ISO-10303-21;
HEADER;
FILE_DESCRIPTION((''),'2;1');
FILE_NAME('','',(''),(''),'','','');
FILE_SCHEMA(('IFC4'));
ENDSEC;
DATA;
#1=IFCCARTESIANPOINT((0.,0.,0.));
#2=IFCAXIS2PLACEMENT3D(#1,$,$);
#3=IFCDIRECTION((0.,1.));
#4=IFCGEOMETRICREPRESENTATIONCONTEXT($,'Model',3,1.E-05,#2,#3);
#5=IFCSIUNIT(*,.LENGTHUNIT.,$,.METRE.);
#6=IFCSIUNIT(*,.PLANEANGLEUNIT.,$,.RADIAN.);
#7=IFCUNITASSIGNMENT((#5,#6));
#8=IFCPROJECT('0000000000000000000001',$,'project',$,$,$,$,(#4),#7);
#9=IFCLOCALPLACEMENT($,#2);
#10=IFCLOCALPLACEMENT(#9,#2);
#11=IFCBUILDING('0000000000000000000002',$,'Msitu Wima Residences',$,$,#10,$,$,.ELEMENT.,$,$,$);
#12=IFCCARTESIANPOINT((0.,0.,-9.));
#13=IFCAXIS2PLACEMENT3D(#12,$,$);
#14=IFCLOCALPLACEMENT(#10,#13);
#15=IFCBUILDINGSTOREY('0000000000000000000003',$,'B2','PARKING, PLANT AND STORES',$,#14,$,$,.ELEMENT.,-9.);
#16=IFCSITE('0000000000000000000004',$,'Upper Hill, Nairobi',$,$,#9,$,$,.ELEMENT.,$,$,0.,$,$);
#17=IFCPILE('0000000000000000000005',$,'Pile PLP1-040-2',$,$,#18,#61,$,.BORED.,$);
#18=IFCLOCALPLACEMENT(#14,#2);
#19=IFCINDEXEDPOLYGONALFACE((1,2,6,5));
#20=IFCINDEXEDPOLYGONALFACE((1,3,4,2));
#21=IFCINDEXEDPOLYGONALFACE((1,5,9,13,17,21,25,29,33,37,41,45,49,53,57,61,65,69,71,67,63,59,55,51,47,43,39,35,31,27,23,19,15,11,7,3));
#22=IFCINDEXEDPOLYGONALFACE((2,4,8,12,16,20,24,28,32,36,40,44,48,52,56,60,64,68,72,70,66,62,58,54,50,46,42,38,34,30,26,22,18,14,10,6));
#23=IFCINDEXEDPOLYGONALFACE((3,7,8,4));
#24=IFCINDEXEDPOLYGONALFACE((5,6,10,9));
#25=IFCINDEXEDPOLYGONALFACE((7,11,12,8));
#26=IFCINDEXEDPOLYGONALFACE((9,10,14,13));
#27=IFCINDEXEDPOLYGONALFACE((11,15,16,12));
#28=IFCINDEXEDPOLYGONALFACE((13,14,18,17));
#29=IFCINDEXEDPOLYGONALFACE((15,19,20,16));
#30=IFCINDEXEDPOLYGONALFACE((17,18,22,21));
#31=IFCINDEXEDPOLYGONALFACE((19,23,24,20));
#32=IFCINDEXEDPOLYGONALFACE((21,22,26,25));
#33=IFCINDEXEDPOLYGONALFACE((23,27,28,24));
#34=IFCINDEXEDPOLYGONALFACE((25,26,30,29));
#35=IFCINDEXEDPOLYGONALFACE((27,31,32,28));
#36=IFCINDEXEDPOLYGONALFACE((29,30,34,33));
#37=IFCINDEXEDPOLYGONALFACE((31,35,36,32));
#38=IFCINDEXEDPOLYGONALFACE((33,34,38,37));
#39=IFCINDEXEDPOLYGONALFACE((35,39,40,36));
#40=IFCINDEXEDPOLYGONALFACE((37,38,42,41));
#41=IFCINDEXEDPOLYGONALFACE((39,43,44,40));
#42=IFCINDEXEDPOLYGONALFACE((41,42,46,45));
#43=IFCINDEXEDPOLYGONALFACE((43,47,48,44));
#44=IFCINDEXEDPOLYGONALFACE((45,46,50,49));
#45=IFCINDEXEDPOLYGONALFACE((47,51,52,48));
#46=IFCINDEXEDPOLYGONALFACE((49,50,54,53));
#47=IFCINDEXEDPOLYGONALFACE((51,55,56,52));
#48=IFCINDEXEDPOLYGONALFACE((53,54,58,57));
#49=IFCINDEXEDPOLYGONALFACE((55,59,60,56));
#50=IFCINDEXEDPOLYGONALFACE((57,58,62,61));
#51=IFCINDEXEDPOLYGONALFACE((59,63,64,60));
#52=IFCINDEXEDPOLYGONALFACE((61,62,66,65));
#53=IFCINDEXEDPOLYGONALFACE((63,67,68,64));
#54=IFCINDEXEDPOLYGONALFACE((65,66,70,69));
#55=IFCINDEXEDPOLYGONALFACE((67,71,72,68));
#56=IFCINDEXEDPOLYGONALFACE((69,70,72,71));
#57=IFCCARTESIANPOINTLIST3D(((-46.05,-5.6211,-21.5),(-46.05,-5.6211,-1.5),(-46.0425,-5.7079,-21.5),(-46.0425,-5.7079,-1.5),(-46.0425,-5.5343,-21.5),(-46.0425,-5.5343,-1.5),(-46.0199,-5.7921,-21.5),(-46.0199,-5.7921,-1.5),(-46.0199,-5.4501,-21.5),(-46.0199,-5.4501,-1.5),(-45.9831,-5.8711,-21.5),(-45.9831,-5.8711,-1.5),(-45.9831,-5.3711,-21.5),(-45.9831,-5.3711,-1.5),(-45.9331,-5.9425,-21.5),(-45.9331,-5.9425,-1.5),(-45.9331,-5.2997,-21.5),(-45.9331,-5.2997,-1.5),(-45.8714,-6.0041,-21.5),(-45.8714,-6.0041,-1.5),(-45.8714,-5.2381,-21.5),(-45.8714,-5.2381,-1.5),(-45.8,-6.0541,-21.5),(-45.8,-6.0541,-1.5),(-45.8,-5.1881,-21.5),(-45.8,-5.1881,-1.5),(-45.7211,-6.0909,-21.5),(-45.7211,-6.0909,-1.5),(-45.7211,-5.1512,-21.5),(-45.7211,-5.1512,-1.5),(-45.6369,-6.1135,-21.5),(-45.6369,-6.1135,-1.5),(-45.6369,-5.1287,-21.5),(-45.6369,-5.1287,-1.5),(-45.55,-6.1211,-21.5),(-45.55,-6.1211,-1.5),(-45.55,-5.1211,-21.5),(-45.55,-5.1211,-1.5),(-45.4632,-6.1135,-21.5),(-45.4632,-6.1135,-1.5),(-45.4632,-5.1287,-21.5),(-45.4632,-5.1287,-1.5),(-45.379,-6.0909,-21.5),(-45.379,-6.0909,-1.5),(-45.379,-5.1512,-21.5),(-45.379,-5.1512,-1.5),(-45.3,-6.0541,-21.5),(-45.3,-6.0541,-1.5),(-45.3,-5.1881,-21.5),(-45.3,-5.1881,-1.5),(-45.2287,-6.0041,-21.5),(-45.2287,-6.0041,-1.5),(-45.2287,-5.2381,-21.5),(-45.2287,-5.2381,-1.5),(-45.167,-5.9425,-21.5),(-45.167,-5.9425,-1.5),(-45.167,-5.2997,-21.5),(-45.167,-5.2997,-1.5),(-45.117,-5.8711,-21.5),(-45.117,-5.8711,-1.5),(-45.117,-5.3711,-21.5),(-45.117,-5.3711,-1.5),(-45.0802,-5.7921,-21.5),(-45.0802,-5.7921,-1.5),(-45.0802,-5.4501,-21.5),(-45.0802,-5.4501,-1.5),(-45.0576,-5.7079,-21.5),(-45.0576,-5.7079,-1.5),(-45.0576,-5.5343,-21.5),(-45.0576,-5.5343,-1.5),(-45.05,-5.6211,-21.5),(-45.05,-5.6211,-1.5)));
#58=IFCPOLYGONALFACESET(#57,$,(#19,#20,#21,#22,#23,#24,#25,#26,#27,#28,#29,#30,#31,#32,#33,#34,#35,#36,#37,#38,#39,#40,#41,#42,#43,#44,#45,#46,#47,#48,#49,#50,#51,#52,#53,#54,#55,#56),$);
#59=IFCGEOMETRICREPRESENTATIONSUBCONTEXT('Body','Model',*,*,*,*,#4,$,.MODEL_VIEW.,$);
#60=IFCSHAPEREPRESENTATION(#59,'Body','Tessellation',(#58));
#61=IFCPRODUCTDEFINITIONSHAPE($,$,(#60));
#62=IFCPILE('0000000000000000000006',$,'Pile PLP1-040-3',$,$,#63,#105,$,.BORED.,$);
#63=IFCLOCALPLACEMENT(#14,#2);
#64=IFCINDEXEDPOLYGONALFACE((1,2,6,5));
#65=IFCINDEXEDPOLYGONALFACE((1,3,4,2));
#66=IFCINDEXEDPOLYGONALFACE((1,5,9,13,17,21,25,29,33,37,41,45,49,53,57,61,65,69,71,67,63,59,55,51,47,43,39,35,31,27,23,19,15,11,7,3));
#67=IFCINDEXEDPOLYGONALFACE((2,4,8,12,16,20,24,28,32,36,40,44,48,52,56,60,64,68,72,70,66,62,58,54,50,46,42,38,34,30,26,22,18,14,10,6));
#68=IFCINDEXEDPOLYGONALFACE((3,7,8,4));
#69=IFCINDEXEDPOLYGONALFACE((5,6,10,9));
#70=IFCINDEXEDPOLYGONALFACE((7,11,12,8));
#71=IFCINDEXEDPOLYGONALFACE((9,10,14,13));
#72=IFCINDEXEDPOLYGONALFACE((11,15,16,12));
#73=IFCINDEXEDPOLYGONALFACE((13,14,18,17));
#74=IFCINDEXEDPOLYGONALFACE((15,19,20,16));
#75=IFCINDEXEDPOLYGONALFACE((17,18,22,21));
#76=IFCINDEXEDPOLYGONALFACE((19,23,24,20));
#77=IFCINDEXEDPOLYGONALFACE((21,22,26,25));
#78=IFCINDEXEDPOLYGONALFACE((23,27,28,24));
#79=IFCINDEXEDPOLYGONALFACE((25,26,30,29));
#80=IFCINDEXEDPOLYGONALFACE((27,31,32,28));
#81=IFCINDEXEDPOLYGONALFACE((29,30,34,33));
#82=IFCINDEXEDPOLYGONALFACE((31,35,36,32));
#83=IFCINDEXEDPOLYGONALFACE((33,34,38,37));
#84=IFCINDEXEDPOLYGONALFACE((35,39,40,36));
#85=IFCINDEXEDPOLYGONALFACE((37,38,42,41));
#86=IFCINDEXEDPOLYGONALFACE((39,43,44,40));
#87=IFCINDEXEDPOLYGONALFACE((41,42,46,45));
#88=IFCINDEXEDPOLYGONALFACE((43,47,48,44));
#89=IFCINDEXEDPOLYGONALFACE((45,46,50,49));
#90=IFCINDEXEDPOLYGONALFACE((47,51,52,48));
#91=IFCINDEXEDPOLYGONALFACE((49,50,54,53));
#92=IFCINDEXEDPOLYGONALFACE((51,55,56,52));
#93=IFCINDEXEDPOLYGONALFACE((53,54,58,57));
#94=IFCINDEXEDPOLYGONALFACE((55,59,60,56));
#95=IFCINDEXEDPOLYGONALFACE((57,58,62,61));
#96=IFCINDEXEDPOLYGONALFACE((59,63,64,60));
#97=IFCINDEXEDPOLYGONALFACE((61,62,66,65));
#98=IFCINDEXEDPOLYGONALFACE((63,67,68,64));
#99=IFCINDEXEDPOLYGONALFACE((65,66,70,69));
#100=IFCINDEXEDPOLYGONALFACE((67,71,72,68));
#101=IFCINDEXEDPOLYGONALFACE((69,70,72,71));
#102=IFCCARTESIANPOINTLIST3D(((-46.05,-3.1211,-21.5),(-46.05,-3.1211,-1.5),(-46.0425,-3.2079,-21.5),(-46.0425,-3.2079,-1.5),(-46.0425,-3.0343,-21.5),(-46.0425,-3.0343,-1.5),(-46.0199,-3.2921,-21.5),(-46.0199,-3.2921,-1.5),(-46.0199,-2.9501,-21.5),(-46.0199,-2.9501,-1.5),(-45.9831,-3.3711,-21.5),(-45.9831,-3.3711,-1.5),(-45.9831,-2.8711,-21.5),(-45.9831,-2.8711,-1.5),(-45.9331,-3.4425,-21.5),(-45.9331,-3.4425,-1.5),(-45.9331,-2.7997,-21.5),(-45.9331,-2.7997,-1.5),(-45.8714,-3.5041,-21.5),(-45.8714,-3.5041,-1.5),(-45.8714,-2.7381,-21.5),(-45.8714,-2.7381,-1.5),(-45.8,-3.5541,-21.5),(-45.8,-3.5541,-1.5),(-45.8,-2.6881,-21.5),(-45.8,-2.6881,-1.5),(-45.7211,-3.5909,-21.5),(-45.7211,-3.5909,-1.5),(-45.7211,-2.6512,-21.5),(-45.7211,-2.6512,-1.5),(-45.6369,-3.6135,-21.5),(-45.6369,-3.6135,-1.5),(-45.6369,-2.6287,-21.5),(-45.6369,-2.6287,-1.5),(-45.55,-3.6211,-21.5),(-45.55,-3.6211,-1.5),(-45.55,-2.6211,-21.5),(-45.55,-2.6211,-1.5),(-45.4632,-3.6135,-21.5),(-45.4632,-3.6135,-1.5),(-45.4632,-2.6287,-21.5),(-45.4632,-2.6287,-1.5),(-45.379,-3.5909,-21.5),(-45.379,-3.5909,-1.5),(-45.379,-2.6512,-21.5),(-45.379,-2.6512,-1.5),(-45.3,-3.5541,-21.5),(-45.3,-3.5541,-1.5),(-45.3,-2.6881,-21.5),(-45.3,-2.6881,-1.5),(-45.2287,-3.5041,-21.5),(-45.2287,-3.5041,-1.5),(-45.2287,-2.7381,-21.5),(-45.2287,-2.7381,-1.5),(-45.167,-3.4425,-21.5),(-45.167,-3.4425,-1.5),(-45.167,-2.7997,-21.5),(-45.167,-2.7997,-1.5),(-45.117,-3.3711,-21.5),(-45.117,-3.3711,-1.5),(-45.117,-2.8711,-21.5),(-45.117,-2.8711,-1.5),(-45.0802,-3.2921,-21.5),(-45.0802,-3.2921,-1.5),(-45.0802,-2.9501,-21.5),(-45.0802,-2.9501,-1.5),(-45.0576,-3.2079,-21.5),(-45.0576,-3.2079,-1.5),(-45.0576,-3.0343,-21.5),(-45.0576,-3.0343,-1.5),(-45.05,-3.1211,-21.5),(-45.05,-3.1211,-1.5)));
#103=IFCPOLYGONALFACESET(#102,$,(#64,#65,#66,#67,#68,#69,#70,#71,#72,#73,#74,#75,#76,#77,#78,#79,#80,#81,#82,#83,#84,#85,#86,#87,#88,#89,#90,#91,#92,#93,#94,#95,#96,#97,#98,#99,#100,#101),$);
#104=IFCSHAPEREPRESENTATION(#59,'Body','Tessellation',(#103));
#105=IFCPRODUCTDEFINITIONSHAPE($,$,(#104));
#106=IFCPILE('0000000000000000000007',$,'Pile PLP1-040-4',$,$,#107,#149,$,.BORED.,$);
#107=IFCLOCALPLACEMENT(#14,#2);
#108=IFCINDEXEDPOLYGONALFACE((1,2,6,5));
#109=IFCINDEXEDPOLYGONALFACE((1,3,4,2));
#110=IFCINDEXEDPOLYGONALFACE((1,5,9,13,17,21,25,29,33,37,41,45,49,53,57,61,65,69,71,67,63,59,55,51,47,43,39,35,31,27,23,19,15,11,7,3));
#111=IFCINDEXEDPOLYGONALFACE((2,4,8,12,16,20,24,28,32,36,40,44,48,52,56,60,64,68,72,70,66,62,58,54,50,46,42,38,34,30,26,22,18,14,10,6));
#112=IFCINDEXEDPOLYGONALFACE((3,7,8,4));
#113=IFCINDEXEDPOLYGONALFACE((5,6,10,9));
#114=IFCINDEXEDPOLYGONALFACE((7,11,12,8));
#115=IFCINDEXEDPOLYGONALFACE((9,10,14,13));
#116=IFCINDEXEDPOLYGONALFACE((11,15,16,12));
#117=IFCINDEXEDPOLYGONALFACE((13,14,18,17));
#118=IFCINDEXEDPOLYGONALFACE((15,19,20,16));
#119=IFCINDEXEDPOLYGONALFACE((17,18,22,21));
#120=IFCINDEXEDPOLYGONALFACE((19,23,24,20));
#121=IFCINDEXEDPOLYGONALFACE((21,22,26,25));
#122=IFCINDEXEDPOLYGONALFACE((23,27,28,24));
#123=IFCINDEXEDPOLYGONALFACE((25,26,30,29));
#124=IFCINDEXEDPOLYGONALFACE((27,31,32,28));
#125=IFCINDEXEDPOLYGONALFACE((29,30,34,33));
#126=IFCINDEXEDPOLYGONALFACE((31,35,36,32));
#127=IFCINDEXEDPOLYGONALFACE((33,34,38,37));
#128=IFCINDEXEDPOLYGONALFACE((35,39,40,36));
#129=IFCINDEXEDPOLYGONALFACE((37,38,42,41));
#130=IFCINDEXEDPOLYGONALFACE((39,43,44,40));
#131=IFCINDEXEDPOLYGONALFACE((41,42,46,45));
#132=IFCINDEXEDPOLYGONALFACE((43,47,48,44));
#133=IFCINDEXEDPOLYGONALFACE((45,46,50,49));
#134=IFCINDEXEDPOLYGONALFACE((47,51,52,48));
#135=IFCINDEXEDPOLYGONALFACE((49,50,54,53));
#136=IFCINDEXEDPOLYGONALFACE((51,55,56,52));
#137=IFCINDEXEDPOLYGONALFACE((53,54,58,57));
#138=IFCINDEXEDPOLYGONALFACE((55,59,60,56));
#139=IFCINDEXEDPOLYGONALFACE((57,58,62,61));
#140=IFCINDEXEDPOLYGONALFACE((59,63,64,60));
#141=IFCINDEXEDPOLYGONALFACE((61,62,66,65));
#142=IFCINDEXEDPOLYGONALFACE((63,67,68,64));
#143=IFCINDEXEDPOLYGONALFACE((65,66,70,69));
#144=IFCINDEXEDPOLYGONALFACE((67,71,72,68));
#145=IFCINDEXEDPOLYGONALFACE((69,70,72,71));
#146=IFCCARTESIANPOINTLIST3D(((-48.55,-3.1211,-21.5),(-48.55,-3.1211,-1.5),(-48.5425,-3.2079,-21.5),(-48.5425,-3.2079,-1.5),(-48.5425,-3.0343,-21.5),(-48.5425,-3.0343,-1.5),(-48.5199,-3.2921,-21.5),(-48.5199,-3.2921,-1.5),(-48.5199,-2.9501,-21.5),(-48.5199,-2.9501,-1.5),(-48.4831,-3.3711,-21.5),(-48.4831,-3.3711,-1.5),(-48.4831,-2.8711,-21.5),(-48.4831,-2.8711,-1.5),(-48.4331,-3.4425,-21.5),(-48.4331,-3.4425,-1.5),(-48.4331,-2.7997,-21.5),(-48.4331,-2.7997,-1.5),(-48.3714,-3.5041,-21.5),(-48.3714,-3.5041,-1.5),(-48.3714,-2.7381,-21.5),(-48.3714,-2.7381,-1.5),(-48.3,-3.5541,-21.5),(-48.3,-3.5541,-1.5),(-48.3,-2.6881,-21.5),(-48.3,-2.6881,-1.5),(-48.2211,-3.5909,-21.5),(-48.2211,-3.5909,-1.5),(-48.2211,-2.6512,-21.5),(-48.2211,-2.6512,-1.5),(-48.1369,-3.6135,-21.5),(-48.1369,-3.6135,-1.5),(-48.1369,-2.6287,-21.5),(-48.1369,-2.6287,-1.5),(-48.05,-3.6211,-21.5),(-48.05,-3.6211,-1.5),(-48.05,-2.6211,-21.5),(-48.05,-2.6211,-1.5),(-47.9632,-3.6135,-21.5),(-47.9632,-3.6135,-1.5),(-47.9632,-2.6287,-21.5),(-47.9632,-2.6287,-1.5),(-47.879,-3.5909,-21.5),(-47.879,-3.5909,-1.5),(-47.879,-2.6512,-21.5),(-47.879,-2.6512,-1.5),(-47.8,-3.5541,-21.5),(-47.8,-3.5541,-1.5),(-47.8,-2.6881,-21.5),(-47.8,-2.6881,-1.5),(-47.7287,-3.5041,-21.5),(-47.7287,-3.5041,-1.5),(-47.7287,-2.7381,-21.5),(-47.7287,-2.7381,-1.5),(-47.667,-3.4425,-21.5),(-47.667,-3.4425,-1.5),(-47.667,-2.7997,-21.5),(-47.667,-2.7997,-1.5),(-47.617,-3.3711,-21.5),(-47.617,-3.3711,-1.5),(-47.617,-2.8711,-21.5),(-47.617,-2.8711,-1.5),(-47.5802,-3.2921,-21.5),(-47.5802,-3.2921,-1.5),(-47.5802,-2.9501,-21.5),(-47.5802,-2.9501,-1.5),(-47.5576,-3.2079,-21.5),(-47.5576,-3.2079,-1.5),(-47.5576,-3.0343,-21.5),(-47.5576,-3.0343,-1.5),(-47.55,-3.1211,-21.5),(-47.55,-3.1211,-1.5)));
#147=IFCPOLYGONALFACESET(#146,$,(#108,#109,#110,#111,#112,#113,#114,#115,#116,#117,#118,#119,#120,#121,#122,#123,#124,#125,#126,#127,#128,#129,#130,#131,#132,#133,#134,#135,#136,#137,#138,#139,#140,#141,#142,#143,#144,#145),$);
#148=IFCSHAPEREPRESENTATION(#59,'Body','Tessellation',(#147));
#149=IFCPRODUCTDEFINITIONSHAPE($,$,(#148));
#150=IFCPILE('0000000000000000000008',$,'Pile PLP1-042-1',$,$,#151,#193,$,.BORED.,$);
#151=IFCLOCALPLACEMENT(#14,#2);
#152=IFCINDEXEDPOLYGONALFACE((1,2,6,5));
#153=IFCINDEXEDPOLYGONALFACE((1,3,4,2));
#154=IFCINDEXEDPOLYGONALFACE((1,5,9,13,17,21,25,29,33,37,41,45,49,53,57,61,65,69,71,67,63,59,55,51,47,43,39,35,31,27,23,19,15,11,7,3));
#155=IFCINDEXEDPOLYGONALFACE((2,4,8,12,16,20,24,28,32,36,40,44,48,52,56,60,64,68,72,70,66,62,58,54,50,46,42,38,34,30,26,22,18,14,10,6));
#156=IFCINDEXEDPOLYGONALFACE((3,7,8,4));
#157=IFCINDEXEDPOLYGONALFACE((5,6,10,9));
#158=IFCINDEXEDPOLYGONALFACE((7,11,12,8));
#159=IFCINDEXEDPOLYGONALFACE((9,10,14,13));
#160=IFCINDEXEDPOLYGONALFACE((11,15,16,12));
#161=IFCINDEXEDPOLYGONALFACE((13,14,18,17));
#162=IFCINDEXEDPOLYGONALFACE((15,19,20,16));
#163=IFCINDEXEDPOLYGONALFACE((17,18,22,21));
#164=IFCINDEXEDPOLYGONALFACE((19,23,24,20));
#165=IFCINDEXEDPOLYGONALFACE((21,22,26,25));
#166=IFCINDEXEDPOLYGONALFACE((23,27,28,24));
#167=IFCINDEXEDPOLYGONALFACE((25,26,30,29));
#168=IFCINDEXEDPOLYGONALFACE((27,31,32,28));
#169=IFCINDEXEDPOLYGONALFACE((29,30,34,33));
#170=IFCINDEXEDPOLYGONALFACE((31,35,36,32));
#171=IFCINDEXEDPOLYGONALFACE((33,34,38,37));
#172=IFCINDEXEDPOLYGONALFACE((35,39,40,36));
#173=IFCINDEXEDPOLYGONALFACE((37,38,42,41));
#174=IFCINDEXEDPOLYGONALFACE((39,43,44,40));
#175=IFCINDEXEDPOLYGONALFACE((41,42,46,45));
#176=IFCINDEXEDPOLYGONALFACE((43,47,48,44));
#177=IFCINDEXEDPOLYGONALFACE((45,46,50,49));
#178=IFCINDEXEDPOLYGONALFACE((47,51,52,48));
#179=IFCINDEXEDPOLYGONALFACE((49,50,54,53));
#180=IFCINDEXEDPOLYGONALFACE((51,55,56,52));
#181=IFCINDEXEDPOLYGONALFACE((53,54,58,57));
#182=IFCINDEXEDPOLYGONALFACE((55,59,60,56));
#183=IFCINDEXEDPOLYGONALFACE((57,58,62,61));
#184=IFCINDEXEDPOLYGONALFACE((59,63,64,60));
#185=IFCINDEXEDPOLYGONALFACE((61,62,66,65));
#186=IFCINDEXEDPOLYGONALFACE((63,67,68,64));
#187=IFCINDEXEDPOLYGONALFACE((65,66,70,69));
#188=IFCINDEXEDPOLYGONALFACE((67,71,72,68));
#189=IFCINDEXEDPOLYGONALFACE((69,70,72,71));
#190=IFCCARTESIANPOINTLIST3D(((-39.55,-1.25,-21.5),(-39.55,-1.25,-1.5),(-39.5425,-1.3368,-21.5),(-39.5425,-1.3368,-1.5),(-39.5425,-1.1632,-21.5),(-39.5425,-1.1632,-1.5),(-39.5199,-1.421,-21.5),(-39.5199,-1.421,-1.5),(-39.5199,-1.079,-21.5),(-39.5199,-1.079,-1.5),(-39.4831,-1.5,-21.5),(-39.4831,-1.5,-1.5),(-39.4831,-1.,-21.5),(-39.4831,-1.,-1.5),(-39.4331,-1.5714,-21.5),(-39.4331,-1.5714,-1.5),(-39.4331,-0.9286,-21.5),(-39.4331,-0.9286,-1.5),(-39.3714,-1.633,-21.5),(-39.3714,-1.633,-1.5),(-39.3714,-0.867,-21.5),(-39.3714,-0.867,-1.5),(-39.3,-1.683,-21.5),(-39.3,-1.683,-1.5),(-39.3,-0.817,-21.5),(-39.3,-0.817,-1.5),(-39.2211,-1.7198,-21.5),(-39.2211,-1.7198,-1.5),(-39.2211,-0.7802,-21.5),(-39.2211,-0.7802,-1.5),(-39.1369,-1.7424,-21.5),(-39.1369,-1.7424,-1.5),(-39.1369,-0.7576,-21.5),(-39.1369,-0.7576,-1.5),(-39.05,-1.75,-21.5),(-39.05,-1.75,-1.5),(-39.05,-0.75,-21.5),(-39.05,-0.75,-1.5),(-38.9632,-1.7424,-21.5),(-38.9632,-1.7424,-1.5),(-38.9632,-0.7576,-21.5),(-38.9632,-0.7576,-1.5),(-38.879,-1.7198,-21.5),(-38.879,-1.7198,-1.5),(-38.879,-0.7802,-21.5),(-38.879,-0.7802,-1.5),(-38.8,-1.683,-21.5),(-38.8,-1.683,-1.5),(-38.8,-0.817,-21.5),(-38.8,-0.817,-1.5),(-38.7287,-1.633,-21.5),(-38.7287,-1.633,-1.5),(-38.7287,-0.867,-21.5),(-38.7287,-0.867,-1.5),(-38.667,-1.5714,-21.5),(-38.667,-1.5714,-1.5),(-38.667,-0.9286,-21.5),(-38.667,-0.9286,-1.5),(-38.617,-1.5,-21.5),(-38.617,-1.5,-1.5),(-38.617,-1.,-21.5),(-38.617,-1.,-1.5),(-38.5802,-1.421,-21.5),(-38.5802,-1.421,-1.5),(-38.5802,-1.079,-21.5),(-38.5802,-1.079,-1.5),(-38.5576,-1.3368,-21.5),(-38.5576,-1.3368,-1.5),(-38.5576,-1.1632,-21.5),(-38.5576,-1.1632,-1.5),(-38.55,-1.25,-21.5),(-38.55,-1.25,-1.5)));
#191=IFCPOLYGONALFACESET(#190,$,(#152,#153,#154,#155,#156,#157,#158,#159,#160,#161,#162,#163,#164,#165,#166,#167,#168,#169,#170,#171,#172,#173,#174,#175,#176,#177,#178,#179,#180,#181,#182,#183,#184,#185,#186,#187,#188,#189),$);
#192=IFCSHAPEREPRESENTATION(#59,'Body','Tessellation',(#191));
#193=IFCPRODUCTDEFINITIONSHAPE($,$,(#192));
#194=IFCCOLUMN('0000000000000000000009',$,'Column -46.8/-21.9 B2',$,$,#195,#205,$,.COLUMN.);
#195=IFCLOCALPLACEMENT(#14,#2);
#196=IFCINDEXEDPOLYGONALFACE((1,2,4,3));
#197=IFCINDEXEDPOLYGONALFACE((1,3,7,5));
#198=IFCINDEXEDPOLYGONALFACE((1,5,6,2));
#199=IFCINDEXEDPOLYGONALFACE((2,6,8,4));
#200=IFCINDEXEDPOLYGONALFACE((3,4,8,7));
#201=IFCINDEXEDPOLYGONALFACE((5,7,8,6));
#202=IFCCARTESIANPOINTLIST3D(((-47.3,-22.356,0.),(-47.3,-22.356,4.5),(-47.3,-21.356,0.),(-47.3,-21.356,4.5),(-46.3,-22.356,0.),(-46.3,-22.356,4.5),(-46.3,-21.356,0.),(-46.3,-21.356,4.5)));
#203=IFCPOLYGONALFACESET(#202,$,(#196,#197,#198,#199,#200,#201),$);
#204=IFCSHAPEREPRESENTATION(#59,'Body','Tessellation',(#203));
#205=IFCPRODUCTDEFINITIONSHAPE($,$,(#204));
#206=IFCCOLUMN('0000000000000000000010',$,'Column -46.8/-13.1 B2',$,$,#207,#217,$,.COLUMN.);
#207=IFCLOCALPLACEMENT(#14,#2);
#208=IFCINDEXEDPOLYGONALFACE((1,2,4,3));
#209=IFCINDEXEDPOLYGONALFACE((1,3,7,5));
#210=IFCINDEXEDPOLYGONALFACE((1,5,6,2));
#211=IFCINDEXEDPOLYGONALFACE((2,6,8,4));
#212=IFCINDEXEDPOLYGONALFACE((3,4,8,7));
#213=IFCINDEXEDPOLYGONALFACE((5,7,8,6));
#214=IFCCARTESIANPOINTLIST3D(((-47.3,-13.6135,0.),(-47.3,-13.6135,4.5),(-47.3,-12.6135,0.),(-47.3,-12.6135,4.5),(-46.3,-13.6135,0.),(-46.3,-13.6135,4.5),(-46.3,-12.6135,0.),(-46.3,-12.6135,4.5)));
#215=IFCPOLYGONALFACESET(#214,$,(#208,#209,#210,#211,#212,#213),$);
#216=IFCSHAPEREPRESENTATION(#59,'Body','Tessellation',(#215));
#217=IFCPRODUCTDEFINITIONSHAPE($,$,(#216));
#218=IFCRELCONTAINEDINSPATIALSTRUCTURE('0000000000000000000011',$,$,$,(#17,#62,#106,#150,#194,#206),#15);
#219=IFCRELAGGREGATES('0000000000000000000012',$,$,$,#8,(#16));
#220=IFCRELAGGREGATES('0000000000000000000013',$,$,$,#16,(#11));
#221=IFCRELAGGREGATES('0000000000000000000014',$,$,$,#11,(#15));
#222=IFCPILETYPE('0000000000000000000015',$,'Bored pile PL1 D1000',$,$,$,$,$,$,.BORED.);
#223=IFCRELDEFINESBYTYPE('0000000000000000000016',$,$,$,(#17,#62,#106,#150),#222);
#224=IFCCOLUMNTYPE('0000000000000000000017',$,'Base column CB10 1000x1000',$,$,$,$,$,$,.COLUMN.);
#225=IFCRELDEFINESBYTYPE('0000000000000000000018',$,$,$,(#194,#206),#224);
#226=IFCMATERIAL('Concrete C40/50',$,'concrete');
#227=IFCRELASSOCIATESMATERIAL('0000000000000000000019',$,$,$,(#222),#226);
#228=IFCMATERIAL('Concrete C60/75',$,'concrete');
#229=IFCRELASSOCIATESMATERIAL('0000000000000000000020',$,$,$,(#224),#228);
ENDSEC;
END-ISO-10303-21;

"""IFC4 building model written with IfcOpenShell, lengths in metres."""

from ifc_helpers import new_model, si_unit, direction, frame, origin, origin_2d, place, context, subcontext, project, spatial, rectangle, circle, extrude, material, material_profile, profile_set, type_object, element, save


model = new_model("IFC4")

# Units and contexts
model_context = context("Model", 3, precision=1e-05, world=origin(), true_north=direction((0.0, 1.0)))
body_context = subcontext(model_context, "Body", "Model", "MODEL_VIEW")
ifc_project = project(units=[si_unit("LENGTHUNIT", "METRE"), si_unit("PLANEANGLEUNIT", "RADIAN")], contexts=[model_context])

# Site, building, storey
site_placement = place(None, origin())
site = spatial("IfcSite", under=ifc_project, at=site_placement, Name="Upper Hill, Nairobi", CompositionType="ELEMENT", RefElevation=0.0)
building_placement = place(site_placement, origin())
building = spatial("IfcBuilding", under=site, at=building_placement, Name="Msitu Wima Residences", CompositionType="ELEMENT")
storey_placement = place(building_placement, frame((0.0, 0.0, -9.0)))
storey = spatial("IfcBuildingStorey", under=building, at=storey_placement, Name="B2", Description="PARKING, PLANT AND STORES", CompositionType="ELEMENT", Elevation=-9.0)

# Piles
ifc_material_1 = material(Name="Concrete C40/50", Category="concrete")
pile_type = type_object("IfcPileType", Name="Bored pile PL1 D1000", PredefinedType="BORED", material=ifc_material_1)
for number, where, z_axis, x_axis, name in (
    (1, (-45.55, -5.6211, -1.5), (0.0, 0.0, -1.0), (1.0, 0.0, 0.0), "Pile PLP1-040-2"),
    (2, (-45.55, -3.1211, -1.5), (0.0, 0.0, -1.0), (1.0, 0.0, 0.0), "Pile PLP1-040-3"),
    (3, (-48.05, -3.1211, -1.5), (0.0, 0.0, -1.0), (1.0, 0.0, 0.0), "Pile PLP1-040-4"),
    (4, (-39.05, -1.25, -1.5), (0.0, 0.0, -1.0), (1.0, 0.0, 0.0), "Pile PLP1-042-1"),
):
    element("IfcPile", number, at=place(storey_placement, frame(where, z_axis=z_axis, x_axis=x_axis)), inside=storey, type_object=pile_type, Name=name, PredefinedType="BORED", context=body_context, shape_type="SweptSolid", body=[
        extrude(circle(Radius=0.5, at=origin_2d()), origin(), (0.0, 0.0, 1.0), 20.0),
    ])

# Columns
ifc_material_2 = material(Name="Concrete C60/75", Category="concrete")
ifc_material_profile = material_profile(ifc_material_2, rectangle(XDim=1.0, YDim=1.0, at=origin_2d()), Name="RC 1000x1000")
ifc_profile_set = profile_set([ifc_material_profile], Name="Concrete C60/75")
column_type = type_object("IfcColumnType", Name="Base column CB10 1000x1000", PredefinedType="COLUMN", material=ifc_profile_set)
for number, where, z_axis, x_axis, name in (
    (5, (-46.8, -21.856, 0.0), (0.0, 0.0, 1.0), (1.0, 0.0, 0.0), "Column -46.8/-21.9 B2"),
    (6, (-46.8, -13.1135, 0.0), (0.0, 0.0, 1.0), (1.0, 0.0, 0.0), "Column -46.8/-13.1 B2"),
):
    element("IfcColumn", number, at=place(storey_placement, frame(where, z_axis=z_axis, x_axis=x_axis)), inside=storey, type_object=column_type, Name=name, PredefinedType="COLUMN", context=body_context, shape_type="SweptSolid", body=[
        extrude(rectangle(XDim=1.0, YDim=1.0, at=origin_2d()), origin(), (0.0, 0.0, 1.0), 4.5),
    ])

save(model, "model.ifc")
